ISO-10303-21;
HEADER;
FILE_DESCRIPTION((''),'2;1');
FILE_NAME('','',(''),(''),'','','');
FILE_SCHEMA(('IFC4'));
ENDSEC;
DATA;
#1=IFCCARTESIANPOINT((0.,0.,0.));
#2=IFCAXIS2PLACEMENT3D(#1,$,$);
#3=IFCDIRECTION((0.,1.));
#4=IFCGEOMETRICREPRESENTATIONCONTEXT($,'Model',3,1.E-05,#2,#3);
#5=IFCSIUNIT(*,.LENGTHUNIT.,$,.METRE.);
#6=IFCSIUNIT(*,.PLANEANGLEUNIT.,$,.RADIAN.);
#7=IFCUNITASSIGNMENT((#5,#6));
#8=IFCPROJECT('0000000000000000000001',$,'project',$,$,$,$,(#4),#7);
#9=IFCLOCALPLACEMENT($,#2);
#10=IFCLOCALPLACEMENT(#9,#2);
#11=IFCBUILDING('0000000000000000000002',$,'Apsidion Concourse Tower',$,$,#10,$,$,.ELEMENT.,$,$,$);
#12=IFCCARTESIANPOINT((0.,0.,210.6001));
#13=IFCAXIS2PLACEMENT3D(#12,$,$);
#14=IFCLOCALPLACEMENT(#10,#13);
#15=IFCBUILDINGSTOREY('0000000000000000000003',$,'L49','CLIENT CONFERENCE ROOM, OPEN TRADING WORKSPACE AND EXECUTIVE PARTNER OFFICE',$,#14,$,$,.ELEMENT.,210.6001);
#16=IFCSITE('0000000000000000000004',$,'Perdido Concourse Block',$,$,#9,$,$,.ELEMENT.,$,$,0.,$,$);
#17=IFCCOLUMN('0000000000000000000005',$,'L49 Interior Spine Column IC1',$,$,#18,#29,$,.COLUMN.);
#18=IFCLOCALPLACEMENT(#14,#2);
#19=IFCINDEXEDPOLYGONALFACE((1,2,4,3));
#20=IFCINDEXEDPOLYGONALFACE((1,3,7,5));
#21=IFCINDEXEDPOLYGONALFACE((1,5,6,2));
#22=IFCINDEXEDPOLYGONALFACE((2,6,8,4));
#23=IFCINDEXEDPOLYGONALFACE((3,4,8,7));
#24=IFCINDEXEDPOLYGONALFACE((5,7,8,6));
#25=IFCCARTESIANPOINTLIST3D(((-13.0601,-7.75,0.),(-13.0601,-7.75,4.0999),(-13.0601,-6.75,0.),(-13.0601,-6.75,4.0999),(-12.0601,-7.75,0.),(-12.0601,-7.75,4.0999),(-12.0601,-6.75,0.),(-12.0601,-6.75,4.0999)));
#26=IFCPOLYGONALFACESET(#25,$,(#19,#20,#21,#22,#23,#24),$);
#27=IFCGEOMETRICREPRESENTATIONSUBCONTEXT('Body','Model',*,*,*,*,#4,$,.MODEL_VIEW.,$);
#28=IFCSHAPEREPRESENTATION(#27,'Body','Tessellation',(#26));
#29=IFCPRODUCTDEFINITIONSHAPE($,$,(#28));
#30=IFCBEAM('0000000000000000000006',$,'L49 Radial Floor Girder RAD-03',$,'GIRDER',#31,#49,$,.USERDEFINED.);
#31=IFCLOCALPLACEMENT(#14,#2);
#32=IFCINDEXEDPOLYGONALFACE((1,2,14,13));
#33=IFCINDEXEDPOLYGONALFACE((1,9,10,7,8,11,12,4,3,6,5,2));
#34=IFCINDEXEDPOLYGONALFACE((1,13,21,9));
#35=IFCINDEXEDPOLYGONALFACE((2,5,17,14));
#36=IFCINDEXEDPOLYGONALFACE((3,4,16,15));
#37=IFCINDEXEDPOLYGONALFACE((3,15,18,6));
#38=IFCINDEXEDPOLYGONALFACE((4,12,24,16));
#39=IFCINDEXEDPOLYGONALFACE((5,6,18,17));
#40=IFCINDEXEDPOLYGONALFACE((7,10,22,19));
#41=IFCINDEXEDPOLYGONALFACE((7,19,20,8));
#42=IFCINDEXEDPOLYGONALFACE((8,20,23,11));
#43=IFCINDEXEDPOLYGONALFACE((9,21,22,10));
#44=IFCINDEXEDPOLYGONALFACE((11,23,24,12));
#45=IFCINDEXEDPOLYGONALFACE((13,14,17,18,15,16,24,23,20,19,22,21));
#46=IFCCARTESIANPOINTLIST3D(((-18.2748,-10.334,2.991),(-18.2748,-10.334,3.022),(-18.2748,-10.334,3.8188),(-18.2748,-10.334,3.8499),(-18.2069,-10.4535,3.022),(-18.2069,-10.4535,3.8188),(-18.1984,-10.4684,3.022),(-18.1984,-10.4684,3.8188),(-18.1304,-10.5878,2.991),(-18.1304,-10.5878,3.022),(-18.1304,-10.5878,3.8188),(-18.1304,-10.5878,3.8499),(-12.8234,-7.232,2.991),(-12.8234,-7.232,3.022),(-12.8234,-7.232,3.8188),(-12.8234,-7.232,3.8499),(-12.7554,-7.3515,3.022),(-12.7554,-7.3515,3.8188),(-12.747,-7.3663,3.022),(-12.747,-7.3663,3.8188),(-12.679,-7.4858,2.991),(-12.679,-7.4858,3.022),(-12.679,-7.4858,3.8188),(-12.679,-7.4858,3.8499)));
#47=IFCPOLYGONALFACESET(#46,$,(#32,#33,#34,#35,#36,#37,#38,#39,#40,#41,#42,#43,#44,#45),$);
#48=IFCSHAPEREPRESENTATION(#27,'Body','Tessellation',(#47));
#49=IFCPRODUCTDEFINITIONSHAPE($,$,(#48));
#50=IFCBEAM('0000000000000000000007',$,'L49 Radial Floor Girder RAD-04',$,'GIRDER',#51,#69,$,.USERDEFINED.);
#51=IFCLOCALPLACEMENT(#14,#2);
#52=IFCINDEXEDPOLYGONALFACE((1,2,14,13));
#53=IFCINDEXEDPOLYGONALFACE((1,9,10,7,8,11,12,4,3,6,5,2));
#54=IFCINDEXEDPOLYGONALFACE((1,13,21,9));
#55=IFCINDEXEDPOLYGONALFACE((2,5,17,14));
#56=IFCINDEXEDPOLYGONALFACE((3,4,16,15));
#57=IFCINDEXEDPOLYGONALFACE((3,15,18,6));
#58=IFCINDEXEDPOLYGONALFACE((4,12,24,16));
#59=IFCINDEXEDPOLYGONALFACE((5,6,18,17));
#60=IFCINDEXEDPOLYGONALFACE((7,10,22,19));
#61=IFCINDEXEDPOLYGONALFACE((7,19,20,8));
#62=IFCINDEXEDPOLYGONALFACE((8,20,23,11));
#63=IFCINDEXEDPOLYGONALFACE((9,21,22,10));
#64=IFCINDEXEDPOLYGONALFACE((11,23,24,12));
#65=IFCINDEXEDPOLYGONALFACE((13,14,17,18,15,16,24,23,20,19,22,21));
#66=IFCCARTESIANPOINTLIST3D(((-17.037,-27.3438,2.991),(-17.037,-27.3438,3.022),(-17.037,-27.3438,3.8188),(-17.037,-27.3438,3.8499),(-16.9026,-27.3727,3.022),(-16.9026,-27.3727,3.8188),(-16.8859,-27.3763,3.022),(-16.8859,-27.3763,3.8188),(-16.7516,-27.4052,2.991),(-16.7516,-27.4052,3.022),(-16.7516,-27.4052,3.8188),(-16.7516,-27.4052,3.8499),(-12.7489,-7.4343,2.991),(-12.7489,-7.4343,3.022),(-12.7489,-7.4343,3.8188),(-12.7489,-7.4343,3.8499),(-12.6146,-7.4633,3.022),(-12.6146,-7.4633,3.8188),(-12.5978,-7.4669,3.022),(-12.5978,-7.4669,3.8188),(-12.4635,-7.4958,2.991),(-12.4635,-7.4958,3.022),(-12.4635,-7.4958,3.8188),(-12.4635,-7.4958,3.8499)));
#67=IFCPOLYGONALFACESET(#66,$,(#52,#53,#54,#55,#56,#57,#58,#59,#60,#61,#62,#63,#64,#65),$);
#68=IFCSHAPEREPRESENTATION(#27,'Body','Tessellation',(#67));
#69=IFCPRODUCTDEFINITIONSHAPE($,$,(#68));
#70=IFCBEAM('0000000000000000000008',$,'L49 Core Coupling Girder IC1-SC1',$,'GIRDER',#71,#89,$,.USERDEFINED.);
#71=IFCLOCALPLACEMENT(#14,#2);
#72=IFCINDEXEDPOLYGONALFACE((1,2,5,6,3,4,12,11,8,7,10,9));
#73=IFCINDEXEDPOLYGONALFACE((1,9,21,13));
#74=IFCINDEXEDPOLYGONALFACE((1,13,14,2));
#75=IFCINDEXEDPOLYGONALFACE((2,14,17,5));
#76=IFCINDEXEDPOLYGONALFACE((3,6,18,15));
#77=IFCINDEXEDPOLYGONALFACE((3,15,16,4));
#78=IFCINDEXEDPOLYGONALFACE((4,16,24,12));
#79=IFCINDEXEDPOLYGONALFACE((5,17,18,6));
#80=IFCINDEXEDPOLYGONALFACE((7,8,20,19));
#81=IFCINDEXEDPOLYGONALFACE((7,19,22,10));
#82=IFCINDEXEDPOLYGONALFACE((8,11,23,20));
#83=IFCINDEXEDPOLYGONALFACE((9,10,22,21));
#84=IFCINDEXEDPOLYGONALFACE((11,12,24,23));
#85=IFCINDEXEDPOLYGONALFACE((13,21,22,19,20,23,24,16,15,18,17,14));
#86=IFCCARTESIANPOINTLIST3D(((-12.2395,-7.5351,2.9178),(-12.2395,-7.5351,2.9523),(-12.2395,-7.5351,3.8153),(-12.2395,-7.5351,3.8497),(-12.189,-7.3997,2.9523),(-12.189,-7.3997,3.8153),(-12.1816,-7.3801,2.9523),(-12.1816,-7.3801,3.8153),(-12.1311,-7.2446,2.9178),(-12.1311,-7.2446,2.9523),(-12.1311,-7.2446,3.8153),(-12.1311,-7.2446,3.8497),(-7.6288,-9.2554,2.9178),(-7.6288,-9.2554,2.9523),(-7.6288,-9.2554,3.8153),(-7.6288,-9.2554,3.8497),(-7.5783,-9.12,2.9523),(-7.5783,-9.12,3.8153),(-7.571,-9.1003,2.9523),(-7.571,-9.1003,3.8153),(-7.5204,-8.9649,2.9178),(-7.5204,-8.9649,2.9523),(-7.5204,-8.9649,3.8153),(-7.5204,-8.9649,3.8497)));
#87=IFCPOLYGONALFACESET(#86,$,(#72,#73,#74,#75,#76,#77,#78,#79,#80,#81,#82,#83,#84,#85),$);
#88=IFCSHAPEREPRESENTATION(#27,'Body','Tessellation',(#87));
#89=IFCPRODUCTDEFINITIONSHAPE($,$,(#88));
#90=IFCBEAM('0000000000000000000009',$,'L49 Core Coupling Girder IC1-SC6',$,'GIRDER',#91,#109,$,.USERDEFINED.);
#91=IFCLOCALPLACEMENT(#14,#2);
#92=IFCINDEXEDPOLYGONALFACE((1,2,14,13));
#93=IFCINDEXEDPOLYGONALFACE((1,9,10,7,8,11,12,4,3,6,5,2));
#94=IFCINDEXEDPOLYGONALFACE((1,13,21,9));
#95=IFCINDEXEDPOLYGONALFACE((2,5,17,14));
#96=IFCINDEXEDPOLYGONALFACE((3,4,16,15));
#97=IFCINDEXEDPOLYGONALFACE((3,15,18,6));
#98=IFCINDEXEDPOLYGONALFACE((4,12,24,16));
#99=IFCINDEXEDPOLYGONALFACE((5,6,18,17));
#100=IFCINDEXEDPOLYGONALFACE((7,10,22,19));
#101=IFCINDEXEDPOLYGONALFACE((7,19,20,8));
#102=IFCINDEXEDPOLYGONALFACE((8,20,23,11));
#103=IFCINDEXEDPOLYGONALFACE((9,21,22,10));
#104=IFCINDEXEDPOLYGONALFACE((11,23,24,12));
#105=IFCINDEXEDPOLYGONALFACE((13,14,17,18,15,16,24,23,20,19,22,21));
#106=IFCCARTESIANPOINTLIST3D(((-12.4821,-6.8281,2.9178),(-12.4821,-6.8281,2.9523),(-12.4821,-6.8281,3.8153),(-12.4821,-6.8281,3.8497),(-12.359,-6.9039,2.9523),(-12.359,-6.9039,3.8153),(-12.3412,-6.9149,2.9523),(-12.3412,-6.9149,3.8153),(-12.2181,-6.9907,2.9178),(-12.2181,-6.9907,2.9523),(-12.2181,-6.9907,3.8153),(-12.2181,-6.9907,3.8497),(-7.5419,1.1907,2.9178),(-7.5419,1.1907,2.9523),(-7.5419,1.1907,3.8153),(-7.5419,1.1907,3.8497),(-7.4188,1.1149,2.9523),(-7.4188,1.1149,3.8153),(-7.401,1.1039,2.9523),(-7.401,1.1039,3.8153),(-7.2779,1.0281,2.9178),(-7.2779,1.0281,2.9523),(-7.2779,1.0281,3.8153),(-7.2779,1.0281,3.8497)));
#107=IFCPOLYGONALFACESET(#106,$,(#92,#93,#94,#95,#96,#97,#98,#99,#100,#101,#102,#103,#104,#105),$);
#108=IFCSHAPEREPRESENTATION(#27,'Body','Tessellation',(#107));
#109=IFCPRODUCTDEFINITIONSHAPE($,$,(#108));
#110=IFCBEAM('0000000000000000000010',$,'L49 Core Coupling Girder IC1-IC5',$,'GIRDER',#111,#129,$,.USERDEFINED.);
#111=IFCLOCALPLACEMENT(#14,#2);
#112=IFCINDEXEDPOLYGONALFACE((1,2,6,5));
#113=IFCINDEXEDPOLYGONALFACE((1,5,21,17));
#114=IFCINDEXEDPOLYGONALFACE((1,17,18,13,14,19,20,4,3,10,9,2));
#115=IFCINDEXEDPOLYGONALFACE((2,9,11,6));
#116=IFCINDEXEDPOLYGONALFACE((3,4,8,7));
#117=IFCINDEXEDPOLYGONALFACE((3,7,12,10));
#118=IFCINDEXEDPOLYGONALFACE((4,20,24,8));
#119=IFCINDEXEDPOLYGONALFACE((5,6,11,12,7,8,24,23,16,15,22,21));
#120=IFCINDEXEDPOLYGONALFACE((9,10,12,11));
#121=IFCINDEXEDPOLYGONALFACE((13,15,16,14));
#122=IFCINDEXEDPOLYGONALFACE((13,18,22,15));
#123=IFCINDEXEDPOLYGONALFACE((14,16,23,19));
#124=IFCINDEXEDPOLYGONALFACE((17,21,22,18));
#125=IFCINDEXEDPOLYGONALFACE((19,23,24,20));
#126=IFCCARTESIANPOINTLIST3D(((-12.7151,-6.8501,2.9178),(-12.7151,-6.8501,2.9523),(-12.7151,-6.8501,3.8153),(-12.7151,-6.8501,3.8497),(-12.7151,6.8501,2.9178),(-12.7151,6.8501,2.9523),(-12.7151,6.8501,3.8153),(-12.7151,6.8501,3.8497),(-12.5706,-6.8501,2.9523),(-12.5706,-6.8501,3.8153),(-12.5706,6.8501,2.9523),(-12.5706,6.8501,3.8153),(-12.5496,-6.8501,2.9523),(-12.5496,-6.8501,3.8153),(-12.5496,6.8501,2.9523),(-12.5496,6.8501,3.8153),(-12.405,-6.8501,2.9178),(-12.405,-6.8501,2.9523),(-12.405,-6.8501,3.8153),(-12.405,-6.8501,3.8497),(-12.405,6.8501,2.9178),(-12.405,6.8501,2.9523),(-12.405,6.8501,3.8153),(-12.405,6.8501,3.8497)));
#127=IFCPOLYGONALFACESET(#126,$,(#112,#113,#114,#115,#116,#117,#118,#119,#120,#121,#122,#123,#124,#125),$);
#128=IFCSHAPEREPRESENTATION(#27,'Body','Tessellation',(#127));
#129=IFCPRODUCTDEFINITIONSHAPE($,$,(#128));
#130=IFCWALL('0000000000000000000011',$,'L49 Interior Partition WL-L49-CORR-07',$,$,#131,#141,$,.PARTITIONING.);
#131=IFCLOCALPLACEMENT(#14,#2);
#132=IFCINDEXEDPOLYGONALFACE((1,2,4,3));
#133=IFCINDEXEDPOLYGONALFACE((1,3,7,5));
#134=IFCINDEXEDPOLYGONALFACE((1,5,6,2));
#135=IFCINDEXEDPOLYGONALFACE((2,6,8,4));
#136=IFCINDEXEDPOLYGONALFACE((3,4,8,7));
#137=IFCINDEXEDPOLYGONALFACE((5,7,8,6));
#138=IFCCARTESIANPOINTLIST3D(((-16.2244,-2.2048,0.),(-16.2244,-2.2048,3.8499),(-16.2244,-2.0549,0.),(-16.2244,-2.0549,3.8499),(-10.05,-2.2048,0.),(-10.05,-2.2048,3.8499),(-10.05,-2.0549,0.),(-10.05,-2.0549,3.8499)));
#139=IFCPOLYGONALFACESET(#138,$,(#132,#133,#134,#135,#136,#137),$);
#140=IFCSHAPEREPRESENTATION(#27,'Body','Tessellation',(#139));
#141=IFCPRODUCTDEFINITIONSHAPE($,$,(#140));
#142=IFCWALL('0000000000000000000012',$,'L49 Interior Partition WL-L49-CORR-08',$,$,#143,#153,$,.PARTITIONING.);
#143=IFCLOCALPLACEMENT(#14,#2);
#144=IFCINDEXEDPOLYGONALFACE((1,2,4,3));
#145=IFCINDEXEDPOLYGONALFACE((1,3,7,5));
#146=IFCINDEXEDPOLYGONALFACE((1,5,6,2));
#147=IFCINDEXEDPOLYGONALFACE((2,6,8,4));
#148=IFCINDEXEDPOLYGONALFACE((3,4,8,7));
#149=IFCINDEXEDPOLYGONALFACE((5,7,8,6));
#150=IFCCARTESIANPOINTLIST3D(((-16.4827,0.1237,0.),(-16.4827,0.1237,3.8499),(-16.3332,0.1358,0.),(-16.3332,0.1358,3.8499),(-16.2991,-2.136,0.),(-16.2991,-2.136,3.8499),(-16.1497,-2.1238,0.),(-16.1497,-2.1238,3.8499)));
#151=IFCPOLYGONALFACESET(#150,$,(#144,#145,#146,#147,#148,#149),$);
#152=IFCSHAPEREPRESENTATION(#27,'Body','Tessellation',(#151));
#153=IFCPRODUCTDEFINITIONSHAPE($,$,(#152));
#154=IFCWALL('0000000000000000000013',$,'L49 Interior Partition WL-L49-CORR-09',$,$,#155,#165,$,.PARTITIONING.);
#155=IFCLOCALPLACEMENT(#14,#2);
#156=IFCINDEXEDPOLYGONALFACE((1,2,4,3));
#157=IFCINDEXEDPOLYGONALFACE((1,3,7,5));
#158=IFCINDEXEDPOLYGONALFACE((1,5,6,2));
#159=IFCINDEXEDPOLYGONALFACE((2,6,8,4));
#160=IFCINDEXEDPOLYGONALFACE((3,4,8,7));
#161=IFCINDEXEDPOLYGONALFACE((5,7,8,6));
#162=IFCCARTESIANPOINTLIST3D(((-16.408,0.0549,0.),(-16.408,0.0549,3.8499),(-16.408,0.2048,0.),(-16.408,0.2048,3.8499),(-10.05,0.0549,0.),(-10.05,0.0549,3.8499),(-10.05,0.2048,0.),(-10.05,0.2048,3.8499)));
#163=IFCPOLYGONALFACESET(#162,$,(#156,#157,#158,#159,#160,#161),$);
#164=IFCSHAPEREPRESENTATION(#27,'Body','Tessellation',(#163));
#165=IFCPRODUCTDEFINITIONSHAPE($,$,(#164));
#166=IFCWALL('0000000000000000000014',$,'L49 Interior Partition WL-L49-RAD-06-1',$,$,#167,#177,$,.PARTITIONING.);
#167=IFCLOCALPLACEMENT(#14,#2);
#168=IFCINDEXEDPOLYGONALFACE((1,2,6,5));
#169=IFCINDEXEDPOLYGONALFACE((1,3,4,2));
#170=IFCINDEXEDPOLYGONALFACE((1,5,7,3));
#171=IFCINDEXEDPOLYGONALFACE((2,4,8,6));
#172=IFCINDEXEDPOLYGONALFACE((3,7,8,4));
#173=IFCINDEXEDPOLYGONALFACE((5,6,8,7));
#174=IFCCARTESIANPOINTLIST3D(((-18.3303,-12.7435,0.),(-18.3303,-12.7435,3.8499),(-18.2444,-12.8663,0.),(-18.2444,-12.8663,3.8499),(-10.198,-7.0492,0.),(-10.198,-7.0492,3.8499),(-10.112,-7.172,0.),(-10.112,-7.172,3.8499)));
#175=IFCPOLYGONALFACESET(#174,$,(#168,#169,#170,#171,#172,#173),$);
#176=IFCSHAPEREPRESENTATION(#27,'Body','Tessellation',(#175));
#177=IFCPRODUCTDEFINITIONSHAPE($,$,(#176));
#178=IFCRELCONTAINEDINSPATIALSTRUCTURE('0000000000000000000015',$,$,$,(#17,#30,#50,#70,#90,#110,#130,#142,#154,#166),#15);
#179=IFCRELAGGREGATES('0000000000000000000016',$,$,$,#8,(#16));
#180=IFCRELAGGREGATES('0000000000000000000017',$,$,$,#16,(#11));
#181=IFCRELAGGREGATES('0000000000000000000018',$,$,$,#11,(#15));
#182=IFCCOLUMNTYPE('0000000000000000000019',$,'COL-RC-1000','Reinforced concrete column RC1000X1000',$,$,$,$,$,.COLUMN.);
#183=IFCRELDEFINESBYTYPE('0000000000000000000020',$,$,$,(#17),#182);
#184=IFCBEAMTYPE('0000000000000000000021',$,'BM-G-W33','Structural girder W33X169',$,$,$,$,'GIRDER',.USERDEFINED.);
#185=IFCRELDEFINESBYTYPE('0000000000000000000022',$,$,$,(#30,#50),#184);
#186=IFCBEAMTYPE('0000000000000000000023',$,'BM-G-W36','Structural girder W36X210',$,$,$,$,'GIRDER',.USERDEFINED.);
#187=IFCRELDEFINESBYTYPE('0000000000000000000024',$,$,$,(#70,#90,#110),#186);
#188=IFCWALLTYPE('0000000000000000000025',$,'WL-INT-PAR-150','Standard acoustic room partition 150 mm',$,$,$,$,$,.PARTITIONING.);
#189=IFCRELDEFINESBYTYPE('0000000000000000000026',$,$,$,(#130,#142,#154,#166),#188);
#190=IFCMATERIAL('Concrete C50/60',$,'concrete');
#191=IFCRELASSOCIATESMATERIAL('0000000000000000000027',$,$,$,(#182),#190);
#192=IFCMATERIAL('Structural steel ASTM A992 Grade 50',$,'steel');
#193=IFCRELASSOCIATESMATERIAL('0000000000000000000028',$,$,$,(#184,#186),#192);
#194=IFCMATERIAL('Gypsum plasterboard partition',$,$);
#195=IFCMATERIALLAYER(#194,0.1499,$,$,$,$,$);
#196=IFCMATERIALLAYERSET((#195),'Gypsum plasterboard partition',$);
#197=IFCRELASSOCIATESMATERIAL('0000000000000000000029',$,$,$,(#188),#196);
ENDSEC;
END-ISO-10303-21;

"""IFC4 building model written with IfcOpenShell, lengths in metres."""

from ifc_helpers import new_model, si_unit, direction, frame, frame_2d, origin, origin_2d, place, context, subcontext, project, spatial, rectangle, i_section, extrude, material, layer, layer_set, material_profile, profile_set, type_object, element, save


model = new_model("IFC4")

# Units and contexts
model_context = context("Model", 3, precision=1e-05, world=origin(), true_north=direction((0.0, 1.0)))
body_context = subcontext(model_context, "Body", "Model", "MODEL_VIEW")
ifc_project = project(units=[si_unit("LENGTHUNIT", "METRE"), si_unit("PLANEANGLEUNIT", "RADIAN")], contexts=[model_context])

# Site, building, storey
site_placement = place(None, origin())
site = spatial("IfcSite", under=ifc_project, at=site_placement, Name="Perdido Concourse Block", CompositionType="ELEMENT", RefElevation=0.0)
building_placement = place(site_placement, origin())
building = spatial("IfcBuilding", under=site, at=building_placement, Name="Apsidion Concourse Tower", CompositionType="ELEMENT")
storey_placement = place(building_placement, frame((0.0, 0.0, 210.6001)))
storey = spatial("IfcBuildingStorey", under=building, at=storey_placement, Name="L49", Description="CLIENT CONFERENCE ROOM, OPEN TRADING WORKSPACE AND EXECUTIVE PARTNER OFFICE", CompositionType="ELEMENT", Elevation=210.6001)

# Column
ifc_material_1 = material(Name="Concrete C50/60", Category="concrete")
ifc_material_profile_1 = material_profile(ifc_material_1, rectangle(XDim=1.0, YDim=1.0, at=origin_2d()), Name="RC 1000x1000")
ifc_profile_set_1 = profile_set([ifc_material_profile_1], Name="Concrete C50/60")
column_type = type_object("IfcColumnType", Name="COL-RC-1000", Description="Reinforced concrete column RC1000X1000", PredefinedType="COLUMN", material=ifc_profile_set_1)
column_placement = place(storey_placement, frame((-12.5601, -7.25, 0.0), z_axis=(0.0, 0.0, 1.0), x_axis=(1.0, 0.0, 0.0)))
element("IfcColumn", 1, at=column_placement, inside=storey, type_object=column_type, Name="L49 Interior Spine Column IC1", PredefinedType="COLUMN", context=body_context, shape_type="SweptSolid", body=[
    extrude(rectangle(XDim=1.0, YDim=1.0, at=origin_2d()), origin(), (0.0, 0.0, 1.0), 4.0999),
])

# Beams
ifc_material_2 = material(Name="Structural steel ASTM A992 Grade 50", Category="steel")
ifc_material_profile_2 = material_profile(ifc_material_2, i_section(OverallWidth=0.292, OverallDepth=0.8589, WebThickness=0.0171, FlangeThickness=0.031, at=origin_2d()), Name="W33X169")
ifc_profile_set_2 = profile_set([ifc_material_profile_2], Name="Structural steel ASTM A992 Grade 50")
beam_type_1 = type_object("IfcBeamType", Name="BM-G-W33", Description="Structural girder W33X169", ElementType="GIRDER", PredefinedType="USERDEFINED", material=ifc_profile_set_2)
beam_1_placement = place(storey_placement, frame((-12.7512, -7.3589, 3.4204), z_axis=(-0.869138, -0.49457, 0.0), x_axis=(0.49457, -0.869138, 0.0)))
element("IfcBeam", 2, at=beam_1_placement, inside=storey, type_object=beam_type_1, Name="L49 Radial Floor Girder RAD-03", ObjectType="GIRDER", PredefinedType="USERDEFINED", context=body_context, shape_type="SweptSolid", body=[
    extrude(i_section(OverallWidth=0.292, OverallDepth=0.8589, WebThickness=0.0171, FlangeThickness=0.031, at=origin_2d()), origin(), (0.0, 0.0, 1.0), 6.2722),
])
beam_2_placement = place(storey_placement, frame((-12.6062, -7.4651, 3.4204), z_axis=(-0.210551, -0.977583, 0.0), x_axis=(0.977583, -0.210551, 0.0)))
element("IfcBeam", 3, at=beam_2_placement, inside=storey, type_object=beam_type_1, Name="L49 Radial Floor Girder RAD-04", ObjectType="GIRDER", PredefinedType="USERDEFINED", context=body_context, shape_type="SweptSolid", body=[
    extrude(i_section(OverallWidth=0.292, OverallDepth=0.8589, WebThickness=0.0171, FlangeThickness=0.031, at=origin_2d()), origin(), (0.0, 0.0, 1.0), 20.366),
])
ifc_material_profile_3 = material_profile(ifc_material_2, i_section(OverallWidth=0.3101, OverallDepth=0.9319, WebThickness=0.021, FlangeThickness=0.0344, at=origin_2d()), Name="W36X210")
ifc_profile_set_3 = profile_set([ifc_material_profile_3], Name="Structural steel ASTM A992 Grade 50")
beam_type_2 = type_object("IfcBeamType", Name="BM-G-W36", Description="Structural girder W36X210", ElementType="GIRDER", PredefinedType="USERDEFINED", material=ifc_profile_set_3)
beam_3_placement = place(storey_placement, frame((-12.1853, -7.3899, 3.3838), z_axis=(0.936913, -0.349563, 0.0), x_axis=(0.349563, 0.936913, 0.0)))
element("IfcBeam", 4, at=beam_3_placement, inside=storey, type_object=beam_type_2, Name="L49 Core Coupling Girder IC1-SC1", ObjectType="GIRDER", PredefinedType="USERDEFINED", context=body_context, shape_type="SweptSolid", body=[
    extrude(i_section(OverallWidth=0.3101, OverallDepth=0.9319, WebThickness=0.021, FlangeThickness=0.0344, at=origin_2d()), origin(), (0.0, 0.0, 1.0), 4.9211),
])
beam_4_placement = place(storey_placement, frame((-12.3501, -6.9094, 3.3838), z_axis=(0.524524, 0.851396, 0.0), x_axis=(-0.851396, 0.524524, 0.0)))
element("IfcBeam", 5, at=beam_4_placement, inside=storey, type_object=beam_type_2, Name="L49 Core Coupling Girder IC1-SC6", ObjectType="GIRDER", PredefinedType="USERDEFINED", context=body_context, shape_type="SweptSolid", body=[
    extrude(i_section(OverallWidth=0.3101, OverallDepth=0.9319, WebThickness=0.021, FlangeThickness=0.0344, at=origin_2d()), origin(), (0.0, 0.0, 1.0), 9.4185),
])
beam_5_placement = place(storey_placement, frame((-12.5601, -6.8501, 3.3838), z_axis=(0.0, 1.0, 0.0), x_axis=(-1.0, 0.0, 0.0)))
element("IfcBeam", 6, at=beam_5_placement, inside=storey, type_object=beam_type_2, Name="L49 Core Coupling Girder IC1-IC5", ObjectType="GIRDER", PredefinedType="USERDEFINED", context=body_context, shape_type="SweptSolid", body=[
    extrude(i_section(OverallWidth=0.3101, OverallDepth=0.9319, WebThickness=0.021, FlangeThickness=0.0344, at=origin_2d()), origin(), (0.0, 0.0, 1.0), 13.7002),
])

# Walls
ifc_material_3 = material(Name="Gypsum plasterboard partition")
ifc_layer_1 = layer(ifc_material_3, 0.1499)
ifc_layer_set_1 = layer_set([ifc_layer_1], Name="Gypsum plasterboard partition")
wall_type_1 = type_object("IfcWallType", Name="WL-INT-PAR-150", Description="Standard acoustic room partition 150 mm", PredefinedType="PARTITIONING", material=ifc_layer_set_1)
wall_1_placement = place(storey_placement, frame((-10.05, -2.1299, 0.0), z_axis=(0.0, 0.0, 1.0), x_axis=(-1.0, 0.0, 0.0)))
element("IfcWall", 7, at=wall_1_placement, inside=storey, type_object=wall_type_1, Name="L49 Interior Partition WL-L49-CORR-07", PredefinedType="PARTITIONING", context=body_context, shape_type="SweptSolid", body=[
    extrude(rectangle(XDim=6.1743, YDim=0.1499, at=frame_2d((3.0872, 0.0))), origin(), (0.0, 0.0, 1.0), 3.8499),
])
wall_2_placement = place(storey_placement, frame((-16.2244, -2.1299, 0.0), z_axis=(0.0, 0.0, 1.0), x_axis=(-0.080978, 0.996716, 0.0)))
element("IfcWall", 8, at=wall_2_placement, inside=storey, type_object=wall_type_1, Name="L49 Interior Partition WL-L49-CORR-08", PredefinedType="PARTITIONING", context=body_context, shape_type="SweptSolid", body=[
    extrude(rectangle(XDim=2.2671, YDim=0.1499, at=frame_2d((1.1335, 0.0))), origin(), (0.0, 0.0, 1.0), 3.8499),
])
wall_3_placement = place(storey_placement, frame((-16.408, 0.1299, 0.0), z_axis=(0.0, 0.0, 1.0), x_axis=(1.0, 0.0, 0.0)))
element("IfcWall", 9, at=wall_3_placement, inside=storey, type_object=wall_type_1, Name="L49 Interior Partition WL-L49-CORR-09", PredefinedType="PARTITIONING", context=body_context, shape_type="SweptSolid", body=[
    extrude(rectangle(XDim=6.3579, YDim=0.1499, at=frame_2d((3.179, 0.0))), origin(), (0.0, 0.0, 1.0), 3.8499),
])
wall_4_placement = place(storey_placement, frame((-10.155, -7.1106, 0.0), z_axis=(0.0, 0.0, 1.0), x_axis=(-0.819151, -0.573578, 0.0)))
element("IfcWall", 10, at=wall_4_placement, inside=storey, type_object=wall_type_1, Name="L49 Interior Partition WL-L49-RAD-06-1", PredefinedType="PARTITIONING", context=body_context, shape_type="SweptSolid", body=[
    extrude(rectangle(XDim=9.9277, YDim=0.1499, at=frame_2d((4.9639, 0.0))), origin(), (0.0, 0.0, 1.0), 3.8499),
])

save(model, "model.ifc")
